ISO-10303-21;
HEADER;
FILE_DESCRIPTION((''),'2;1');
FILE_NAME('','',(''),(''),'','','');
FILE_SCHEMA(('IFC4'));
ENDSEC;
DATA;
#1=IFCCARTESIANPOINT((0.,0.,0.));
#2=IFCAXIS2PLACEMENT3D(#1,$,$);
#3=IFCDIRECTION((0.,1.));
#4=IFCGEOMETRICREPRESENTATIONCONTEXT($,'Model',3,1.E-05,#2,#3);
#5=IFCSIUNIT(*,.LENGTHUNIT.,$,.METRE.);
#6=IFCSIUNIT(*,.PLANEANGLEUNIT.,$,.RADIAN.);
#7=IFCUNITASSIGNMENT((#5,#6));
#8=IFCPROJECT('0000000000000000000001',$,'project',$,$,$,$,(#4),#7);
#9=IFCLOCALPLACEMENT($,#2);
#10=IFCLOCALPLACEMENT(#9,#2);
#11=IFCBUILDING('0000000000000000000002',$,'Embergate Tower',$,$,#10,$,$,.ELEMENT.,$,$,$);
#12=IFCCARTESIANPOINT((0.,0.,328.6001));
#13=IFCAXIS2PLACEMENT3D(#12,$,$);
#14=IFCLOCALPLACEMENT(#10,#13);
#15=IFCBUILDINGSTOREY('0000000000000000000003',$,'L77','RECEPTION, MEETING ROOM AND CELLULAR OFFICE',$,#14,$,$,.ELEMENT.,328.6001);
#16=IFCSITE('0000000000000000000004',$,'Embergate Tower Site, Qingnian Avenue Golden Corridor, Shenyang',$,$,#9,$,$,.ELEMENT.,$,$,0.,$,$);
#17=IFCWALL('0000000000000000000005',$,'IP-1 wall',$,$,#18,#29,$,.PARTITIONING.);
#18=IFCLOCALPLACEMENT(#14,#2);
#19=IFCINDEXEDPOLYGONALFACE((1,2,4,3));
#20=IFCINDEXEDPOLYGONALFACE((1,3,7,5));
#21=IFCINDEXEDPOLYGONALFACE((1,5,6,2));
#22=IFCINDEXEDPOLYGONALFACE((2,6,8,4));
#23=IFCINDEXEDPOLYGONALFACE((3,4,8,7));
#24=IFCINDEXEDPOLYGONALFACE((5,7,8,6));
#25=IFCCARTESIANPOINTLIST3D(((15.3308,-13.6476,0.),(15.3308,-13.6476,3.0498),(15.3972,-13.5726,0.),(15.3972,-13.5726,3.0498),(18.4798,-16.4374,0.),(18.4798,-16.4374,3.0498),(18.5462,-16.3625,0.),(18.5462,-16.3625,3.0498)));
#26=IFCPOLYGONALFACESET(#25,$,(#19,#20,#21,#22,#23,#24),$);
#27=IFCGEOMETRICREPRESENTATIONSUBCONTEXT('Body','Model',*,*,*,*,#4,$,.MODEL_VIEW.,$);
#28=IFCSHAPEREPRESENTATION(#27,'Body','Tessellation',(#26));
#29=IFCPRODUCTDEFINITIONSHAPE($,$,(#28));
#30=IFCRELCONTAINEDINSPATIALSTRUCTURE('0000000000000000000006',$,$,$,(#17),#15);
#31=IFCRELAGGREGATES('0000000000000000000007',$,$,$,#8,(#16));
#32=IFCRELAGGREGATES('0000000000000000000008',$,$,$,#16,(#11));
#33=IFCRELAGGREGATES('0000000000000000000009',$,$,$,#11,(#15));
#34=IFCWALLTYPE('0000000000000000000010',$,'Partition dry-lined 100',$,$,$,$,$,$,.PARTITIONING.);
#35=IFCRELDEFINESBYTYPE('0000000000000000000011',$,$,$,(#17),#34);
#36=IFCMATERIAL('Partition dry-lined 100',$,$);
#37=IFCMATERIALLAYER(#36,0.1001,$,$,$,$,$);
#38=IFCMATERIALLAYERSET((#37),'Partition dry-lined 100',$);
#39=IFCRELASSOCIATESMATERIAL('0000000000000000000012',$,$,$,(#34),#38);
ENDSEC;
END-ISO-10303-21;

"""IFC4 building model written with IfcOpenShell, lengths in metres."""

from ifc_helpers import new_model, si_unit, direction, frame, frame_2d, origin, place, context, subcontext, project, spatial, rectangle, extrude, source, transform, mapped, material, layer, layer_set, type_object, element, save


model = new_model("IFC4")

# Units and contexts
model_context = context("Model", 3, precision=1e-05, world=origin(), true_north=direction((0.0, 1.0)))
body_context = subcontext(model_context, "Body", "Model", "MODEL_VIEW")
ifc_project = project(units=[si_unit("LENGTHUNIT", "METRE"), si_unit("PLANEANGLEUNIT", "RADIAN")], contexts=[model_context])

# Site, building, storey
site_placement = place(None, origin())
site = spatial("IfcSite", under=ifc_project, at=site_placement, Name="Embergate Tower Site, Qingnian Avenue Golden Corridor, Shenyang", CompositionType="ELEMENT", RefElevation=0.0)
building_placement = place(site_placement, origin())
building = spatial("IfcBuilding", under=site, at=building_placement, Name="Embergate Tower", CompositionType="ELEMENT")
storey_placement = place(building_placement, frame((0.0, 0.0, 328.6001)))
storey = spatial("IfcBuildingStorey", under=building, at=storey_placement, Name="L77", Description="RECEPTION, MEETING ROOM AND CELLULAR OFFICE", CompositionType="ELEMENT", Elevation=328.6001)

# Wall
ifc_material_1 = material(Name="Partition dry-lined 100")
ifc_layer_1 = layer(ifc_material_1, 0.1001)
ifc_layer_set_1 = layer_set([ifc_layer_1], Name="Partition dry-lined 100")
wall_type = type_object("IfcWallType", Name="Partition dry-lined 100", PredefinedType="PARTITIONING", material=ifc_layer_set_1)
shared_shape_1 = source(origin(), body_context, "Body", "SweptSolid", [
    extrude(rectangle(XDim=4.207, YDim=0.1001, at=frame_2d((2.1035, 0.0))), origin(), (0.0, 0.0, 1.0), 3.0498),
])
wall_placement = place(storey_placement, frame((15.364, -13.6101, 0.0), z_axis=(0.0, 0.0, 1.0), x_axis=(0.7485, -0.663135, 0.0)))
element("IfcWall", 1, at=wall_placement, inside=storey, type_object=wall_type, Name="IP-1 wall", PredefinedType="PARTITIONING", context=body_context, shape_type="MappedRepresentation", body=[
    mapped(shared_shape_1, transform((0.0, 0.0, 0.0))),
])

save(model, "model.ifc")
